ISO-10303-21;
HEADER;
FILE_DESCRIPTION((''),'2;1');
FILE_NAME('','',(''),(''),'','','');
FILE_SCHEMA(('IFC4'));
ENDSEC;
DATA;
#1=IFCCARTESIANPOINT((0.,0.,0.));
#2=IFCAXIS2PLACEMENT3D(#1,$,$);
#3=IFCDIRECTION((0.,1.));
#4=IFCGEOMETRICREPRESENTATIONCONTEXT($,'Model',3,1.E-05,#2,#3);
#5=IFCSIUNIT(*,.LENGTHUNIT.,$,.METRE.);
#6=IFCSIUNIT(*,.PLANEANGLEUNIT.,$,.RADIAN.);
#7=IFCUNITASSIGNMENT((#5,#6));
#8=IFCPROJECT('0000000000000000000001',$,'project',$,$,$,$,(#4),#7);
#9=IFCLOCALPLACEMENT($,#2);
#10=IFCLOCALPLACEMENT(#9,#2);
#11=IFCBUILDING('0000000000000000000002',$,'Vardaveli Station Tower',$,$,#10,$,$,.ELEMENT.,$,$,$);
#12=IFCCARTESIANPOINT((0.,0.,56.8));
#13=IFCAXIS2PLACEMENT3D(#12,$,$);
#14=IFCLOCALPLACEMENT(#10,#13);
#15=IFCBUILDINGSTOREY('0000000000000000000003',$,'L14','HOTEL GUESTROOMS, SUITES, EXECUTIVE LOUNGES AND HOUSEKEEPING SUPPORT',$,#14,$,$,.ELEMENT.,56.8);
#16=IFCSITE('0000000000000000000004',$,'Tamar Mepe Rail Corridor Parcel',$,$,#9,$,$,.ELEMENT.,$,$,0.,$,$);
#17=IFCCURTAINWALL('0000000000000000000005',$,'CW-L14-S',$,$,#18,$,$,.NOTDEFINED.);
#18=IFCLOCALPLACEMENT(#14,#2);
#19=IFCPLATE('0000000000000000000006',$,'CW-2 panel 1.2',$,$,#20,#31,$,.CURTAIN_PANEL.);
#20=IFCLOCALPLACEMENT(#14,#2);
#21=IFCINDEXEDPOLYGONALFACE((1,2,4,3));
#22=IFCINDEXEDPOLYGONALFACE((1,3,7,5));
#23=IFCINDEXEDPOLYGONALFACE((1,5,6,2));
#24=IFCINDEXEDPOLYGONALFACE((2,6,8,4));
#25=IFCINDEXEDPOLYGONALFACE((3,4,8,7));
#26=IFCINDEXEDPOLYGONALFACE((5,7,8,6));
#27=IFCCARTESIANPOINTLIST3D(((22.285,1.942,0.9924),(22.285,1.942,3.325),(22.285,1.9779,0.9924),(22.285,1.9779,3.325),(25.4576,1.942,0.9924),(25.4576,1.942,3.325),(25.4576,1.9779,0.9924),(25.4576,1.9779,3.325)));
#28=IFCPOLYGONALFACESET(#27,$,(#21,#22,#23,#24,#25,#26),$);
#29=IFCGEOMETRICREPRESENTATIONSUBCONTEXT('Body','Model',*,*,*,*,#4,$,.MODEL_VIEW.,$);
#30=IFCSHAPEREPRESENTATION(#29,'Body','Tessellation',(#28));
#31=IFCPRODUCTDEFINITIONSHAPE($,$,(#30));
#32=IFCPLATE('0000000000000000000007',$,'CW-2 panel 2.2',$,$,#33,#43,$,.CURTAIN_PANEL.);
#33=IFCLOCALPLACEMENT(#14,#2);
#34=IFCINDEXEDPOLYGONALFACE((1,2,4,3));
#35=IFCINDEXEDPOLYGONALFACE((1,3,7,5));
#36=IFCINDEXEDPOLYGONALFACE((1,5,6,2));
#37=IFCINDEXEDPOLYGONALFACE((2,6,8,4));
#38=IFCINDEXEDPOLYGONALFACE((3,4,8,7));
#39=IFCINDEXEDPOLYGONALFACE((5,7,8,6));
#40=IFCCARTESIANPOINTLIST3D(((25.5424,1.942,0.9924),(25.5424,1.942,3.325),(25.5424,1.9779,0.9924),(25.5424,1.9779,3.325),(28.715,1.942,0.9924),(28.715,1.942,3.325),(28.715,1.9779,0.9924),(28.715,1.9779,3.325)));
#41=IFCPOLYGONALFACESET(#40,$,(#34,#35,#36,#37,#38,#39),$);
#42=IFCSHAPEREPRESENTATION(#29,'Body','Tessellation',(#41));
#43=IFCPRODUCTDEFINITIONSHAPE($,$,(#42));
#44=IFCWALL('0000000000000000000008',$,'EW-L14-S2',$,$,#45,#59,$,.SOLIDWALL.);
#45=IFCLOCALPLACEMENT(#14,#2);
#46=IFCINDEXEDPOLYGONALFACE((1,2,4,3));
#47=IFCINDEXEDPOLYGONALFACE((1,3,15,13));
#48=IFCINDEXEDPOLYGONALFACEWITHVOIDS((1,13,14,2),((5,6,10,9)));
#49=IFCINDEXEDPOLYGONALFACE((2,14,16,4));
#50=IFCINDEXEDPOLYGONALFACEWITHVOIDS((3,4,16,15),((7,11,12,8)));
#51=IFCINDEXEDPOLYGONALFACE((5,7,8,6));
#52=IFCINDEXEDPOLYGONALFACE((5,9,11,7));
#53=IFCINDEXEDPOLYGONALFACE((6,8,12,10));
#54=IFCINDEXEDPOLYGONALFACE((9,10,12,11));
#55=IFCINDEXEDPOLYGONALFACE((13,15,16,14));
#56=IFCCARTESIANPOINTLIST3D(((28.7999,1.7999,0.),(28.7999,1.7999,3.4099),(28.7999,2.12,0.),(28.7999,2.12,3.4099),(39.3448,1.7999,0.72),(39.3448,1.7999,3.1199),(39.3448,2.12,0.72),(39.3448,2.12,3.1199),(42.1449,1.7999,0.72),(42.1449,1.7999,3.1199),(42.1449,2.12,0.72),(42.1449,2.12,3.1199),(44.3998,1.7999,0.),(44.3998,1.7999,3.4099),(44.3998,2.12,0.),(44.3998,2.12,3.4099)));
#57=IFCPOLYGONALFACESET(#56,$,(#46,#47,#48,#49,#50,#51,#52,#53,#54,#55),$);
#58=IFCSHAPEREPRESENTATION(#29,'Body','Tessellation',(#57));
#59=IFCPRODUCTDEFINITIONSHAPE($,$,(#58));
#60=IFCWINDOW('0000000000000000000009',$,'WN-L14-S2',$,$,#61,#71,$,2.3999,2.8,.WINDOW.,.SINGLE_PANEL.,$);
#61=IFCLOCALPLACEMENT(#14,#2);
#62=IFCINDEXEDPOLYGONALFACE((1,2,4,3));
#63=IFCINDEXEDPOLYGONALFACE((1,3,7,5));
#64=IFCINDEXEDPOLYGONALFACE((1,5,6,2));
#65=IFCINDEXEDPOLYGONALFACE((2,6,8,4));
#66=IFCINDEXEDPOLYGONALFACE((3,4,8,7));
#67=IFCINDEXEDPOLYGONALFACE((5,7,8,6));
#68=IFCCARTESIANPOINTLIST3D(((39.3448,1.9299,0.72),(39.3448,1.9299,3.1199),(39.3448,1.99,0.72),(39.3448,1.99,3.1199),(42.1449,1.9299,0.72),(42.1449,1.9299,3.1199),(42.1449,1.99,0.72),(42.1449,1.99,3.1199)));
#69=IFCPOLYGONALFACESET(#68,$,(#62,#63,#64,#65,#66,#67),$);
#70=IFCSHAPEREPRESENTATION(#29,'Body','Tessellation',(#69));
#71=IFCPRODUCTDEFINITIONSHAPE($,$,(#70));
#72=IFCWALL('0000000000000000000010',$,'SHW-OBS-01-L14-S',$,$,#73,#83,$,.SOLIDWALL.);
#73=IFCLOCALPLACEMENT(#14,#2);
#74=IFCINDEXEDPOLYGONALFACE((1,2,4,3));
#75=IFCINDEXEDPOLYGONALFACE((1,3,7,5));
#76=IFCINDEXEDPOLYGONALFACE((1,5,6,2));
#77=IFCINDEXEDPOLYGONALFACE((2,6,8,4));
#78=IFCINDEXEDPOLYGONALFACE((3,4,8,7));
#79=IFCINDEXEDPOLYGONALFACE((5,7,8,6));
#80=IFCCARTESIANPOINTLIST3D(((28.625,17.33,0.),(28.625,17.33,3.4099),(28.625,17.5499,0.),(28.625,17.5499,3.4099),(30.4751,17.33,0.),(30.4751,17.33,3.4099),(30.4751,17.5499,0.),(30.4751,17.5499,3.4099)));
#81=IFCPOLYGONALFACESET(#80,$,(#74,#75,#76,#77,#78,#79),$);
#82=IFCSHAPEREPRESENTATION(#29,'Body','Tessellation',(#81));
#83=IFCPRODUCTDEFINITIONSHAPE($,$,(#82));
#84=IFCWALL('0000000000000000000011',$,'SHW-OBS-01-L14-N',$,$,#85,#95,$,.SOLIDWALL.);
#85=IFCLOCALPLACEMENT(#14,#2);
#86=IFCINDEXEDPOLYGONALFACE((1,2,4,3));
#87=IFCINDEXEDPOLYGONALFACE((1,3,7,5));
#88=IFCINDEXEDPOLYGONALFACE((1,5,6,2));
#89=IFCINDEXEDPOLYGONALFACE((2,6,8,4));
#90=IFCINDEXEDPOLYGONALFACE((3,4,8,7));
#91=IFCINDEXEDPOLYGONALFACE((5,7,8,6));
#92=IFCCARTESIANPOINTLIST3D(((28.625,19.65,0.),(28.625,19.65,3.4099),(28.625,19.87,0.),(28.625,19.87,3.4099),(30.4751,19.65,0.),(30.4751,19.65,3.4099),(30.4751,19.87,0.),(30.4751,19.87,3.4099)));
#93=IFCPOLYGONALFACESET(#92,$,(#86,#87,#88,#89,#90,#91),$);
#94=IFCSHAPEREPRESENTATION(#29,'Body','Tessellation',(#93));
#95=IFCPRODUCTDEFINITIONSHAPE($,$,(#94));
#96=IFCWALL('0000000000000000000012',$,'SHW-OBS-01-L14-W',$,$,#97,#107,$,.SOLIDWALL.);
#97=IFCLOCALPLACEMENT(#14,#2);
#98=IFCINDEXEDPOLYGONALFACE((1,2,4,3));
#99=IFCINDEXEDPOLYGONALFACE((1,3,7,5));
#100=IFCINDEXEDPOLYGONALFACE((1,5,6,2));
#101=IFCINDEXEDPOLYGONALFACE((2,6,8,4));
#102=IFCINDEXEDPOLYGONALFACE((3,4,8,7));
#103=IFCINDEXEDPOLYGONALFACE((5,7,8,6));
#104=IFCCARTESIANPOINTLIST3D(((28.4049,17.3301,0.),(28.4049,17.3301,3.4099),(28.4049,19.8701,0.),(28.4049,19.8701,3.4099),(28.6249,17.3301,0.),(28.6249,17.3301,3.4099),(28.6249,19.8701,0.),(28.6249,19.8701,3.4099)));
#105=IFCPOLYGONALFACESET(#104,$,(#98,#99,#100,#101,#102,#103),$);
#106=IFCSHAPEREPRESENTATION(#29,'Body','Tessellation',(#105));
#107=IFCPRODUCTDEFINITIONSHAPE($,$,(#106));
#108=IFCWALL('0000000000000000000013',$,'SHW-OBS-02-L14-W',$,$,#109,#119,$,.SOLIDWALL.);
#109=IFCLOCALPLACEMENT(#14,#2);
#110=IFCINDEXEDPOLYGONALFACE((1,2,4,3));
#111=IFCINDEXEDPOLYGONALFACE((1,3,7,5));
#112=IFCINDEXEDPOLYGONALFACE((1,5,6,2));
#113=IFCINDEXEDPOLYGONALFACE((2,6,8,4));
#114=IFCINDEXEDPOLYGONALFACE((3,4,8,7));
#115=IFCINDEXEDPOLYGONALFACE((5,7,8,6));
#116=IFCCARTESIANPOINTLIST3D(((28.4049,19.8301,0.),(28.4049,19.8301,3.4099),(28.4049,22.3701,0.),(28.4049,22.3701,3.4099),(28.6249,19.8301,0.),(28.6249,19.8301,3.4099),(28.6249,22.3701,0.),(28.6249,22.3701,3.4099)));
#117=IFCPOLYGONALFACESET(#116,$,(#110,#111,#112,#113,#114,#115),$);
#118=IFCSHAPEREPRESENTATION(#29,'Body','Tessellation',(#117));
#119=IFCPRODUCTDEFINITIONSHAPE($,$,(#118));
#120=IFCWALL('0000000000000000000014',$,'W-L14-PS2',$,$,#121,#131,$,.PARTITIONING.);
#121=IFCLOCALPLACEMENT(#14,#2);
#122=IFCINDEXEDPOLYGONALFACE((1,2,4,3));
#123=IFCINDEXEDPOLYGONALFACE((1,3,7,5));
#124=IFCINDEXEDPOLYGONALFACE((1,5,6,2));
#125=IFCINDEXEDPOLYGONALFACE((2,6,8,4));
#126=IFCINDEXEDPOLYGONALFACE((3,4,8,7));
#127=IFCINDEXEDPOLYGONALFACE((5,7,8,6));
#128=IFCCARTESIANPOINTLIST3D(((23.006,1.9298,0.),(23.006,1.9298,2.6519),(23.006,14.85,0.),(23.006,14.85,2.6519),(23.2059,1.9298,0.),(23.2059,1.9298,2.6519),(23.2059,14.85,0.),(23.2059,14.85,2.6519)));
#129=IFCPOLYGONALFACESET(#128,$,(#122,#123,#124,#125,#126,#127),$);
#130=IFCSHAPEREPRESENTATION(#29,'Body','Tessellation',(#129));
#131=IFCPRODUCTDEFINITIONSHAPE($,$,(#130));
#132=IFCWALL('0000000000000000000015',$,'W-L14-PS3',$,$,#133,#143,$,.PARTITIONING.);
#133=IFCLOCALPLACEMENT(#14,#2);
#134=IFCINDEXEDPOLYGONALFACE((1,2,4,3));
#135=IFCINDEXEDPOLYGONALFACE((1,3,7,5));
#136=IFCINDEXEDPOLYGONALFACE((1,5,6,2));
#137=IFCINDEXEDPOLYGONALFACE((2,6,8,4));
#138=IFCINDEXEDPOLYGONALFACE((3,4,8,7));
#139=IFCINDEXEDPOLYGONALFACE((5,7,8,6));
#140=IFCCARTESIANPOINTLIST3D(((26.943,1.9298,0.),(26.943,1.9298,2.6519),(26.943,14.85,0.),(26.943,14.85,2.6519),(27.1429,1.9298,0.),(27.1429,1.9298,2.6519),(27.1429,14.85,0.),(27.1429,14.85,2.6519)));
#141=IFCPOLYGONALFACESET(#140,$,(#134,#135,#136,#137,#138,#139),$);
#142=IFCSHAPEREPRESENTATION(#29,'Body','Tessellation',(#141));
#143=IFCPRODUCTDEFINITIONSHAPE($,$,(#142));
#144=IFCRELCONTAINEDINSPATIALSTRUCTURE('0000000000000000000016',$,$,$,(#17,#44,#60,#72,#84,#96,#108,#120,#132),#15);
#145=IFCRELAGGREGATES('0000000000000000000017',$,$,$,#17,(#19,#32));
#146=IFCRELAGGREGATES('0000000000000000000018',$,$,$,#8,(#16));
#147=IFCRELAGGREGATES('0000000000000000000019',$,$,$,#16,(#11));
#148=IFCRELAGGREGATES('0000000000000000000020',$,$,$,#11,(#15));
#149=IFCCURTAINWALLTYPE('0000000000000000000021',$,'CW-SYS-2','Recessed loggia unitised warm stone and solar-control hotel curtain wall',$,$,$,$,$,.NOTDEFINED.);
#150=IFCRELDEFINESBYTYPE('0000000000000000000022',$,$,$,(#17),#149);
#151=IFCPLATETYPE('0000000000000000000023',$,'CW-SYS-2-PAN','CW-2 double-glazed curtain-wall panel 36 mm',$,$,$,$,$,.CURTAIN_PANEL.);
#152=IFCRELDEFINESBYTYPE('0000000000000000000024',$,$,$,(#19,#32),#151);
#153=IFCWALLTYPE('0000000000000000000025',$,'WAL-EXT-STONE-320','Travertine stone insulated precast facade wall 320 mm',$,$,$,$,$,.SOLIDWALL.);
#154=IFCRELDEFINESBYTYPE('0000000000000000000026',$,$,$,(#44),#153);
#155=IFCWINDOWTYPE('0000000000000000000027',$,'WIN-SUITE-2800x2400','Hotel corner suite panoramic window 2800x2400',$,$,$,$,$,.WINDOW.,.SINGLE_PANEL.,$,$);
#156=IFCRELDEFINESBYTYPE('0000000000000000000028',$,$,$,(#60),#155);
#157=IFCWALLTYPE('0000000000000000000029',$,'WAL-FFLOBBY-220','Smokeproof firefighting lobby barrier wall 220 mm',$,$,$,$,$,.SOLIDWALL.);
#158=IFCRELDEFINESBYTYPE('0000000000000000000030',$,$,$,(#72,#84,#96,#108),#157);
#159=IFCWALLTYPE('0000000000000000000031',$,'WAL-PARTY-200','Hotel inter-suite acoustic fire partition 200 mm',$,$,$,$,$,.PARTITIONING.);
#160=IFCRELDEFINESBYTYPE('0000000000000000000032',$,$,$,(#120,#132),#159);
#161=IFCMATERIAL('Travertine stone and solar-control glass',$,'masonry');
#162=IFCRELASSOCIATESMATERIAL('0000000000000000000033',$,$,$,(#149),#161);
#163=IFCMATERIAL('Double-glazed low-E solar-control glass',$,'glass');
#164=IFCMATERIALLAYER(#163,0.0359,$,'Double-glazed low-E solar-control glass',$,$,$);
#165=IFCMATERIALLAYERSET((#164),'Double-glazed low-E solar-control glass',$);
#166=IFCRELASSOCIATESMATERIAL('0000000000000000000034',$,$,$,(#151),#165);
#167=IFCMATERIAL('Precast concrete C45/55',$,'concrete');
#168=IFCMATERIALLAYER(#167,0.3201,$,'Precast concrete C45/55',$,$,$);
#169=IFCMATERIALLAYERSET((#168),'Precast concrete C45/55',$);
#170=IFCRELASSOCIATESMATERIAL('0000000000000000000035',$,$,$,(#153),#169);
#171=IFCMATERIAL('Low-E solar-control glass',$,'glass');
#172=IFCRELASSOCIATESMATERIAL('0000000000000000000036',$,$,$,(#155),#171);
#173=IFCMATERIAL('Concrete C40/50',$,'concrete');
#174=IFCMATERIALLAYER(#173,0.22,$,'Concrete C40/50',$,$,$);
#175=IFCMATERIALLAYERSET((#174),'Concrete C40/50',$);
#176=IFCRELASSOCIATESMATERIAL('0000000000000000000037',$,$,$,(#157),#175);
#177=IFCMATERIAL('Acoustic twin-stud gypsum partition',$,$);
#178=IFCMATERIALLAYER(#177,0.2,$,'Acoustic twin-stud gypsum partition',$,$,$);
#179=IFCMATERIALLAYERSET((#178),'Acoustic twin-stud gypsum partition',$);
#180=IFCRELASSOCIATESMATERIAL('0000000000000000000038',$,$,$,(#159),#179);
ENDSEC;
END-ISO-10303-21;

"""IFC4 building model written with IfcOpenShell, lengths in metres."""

from ifc_helpers import new_model, si_unit, direction, frame, frame_2d, origin, origin_2d, place, context, subcontext, project, spatial, rectangle, extrude, source, transform, mapped, material, layer, layer_set, type_object, element, fill, aggregate, save


model = new_model("IFC4")

# Units and contexts
model_context = context("Model", 3, precision=1e-05, world=origin(), true_north=direction((0.0, 1.0)))
body_context = subcontext(model_context, "Body", "Model", "MODEL_VIEW")
ifc_project = project(units=[si_unit("LENGTHUNIT", "METRE"), si_unit("PLANEANGLEUNIT", "RADIAN")], contexts=[model_context])

# Site, building, storey
site_placement = place(None, origin())
site = spatial("IfcSite", under=ifc_project, at=site_placement, Name="Tamar Mepe Rail Corridor Parcel", CompositionType="ELEMENT", RefElevation=0.0)
building_placement = place(site_placement, origin())
building = spatial("IfcBuilding", under=site, at=building_placement, Name="Vardaveli Station Tower", CompositionType="ELEMENT")
storey_placement = place(building_placement, frame((0.0, 0.0, 56.8)))
storey = spatial("IfcBuildingStorey", under=building, at=storey_placement, Name="L14", Description="HOTEL GUESTROOMS, SUITES, EXECUTIVE LOUNGES AND HOUSEKEEPING SUPPORT", CompositionType="ELEMENT", Elevation=56.8)

# Curtain wall, plates
ifc_material_1 = material(Name="Travertine stone and solar-control glass", Category="masonry")
curtain_wall_type = type_object("IfcCurtainWallType", Name="CW-SYS-2", Description="Recessed loggia unitised warm stone and solar-control hotel curtain wall", PredefinedType="NOTDEFINED", material=ifc_material_1)
curtain_wall_placement = place(storey_placement, origin())
curtain_wall = element("IfcCurtainWall", 1, at=curtain_wall_placement, inside=storey, type_object=curtain_wall_type, Name="CW-L14-S", PredefinedType="NOTDEFINED")
ifc_material_2 = material(Name="Double-glazed low-E solar-control glass", Category="glass")
ifc_layer_1 = layer(ifc_material_2, 0.0359, Name="Double-glazed low-E solar-control glass")
ifc_layer_set_1 = layer_set([ifc_layer_1], Name="Double-glazed low-E solar-control glass")
plate_type = type_object("IfcPlateType", Name="CW-SYS-2-PAN", Description="CW-2 double-glazed curtain-wall panel 36 mm", PredefinedType="CURTAIN_PANEL", material=ifc_layer_set_1)
shared_shape_1 = source(origin(), body_context, "Body", "SweptSolid", [
    extrude(rectangle(XDim=3.1726, YDim=0.0359, at=origin_2d()), origin(), (0.0, 0.0, 1.0), 2.3325),
])
plate_1_placement = place(storey_placement, frame((23.8713, 1.96, 0.9924), z_axis=(0.0, 0.0, 1.0), x_axis=(1.0, 0.0, 0.0)))
plate_1 = element("IfcPlate", 2, at=plate_1_placement, type_object=plate_type, Name="CW-2 panel 1.2", PredefinedType="CURTAIN_PANEL", context=body_context, shape_type="MappedRepresentation", body=[
    mapped(shared_shape_1, transform((0.0, 0.0, 0.0), scale=1.0)),
])
plate_2_placement = place(storey_placement, frame((27.1287, 1.96, 0.9924), z_axis=(0.0, 0.0, 1.0), x_axis=(1.0, 0.0, 0.0)))
plate_2 = element("IfcPlate", 3, at=plate_2_placement, type_object=plate_type, Name="CW-2 panel 2.2", PredefinedType="CURTAIN_PANEL", context=body_context, shape_type="MappedRepresentation", body=[
    mapped(shared_shape_1, transform((0.0, 0.0, 0.0), scale=1.0)),
])
aggregate(curtain_wall, [plate_1, plate_2])

# Wall, opening, window
ifc_material_3 = material(Name="Precast concrete C45/55", Category="concrete")
ifc_layer_2 = layer(ifc_material_3, 0.3201, Name="Precast concrete C45/55")
ifc_layer_set_2 = layer_set([ifc_layer_2], Name="Precast concrete C45/55")
wall_type_1 = type_object("IfcWallType", Name="WAL-EXT-STONE-320", Description="Travertine stone insulated precast facade wall 320 mm", PredefinedType="SOLIDWALL", material=ifc_layer_set_2)
shared_shape_2 = source(origin(), body_context, "Body", "SweptSolid", [
    extrude(rectangle(XDim=15.5999, YDim=0.3201, at=frame_2d((7.7998, 0.0))), origin(), (0.0, 0.0, 1.0), 3.4099),
])
wall_placement = place(storey_placement, frame((28.8, 1.96, 0.0), z_axis=(0.0, 0.0, 1.0), x_axis=(1.0, 0.0, 0.0)))
wall = element("IfcWall", 4, at=wall_placement, inside=storey, type_object=wall_type_1, Name="EW-L14-S2", PredefinedType="SOLIDWALL", context=body_context, shape_type="MappedRepresentation", body=[
    mapped(shared_shape_2, transform((0.0, 0.0, 0.0), scale=1.0)),
])
shared_shape_3 = source(origin(), body_context, "Body", "SweptSolid", [
    extrude(rectangle(XDim=2.8, YDim=2.3999, at=frame_2d((1.3999, 1.2))), frame((0.0, 0.1699, 0.0), z_axis=(0.0, -1.0, 0.0), x_axis=(1.0, 0.0, 0.0)), (0.0, 0.0, 1.0), 0.3401),
])
opening_placement = place(wall_placement, frame((10.5449, 0.0, 0.72)))
opening = element("IfcOpeningElement", 5, at=opening_placement, cuts=wall, PredefinedType="OPENING", context=body_context, shape_type="MappedRepresentation", body=[
    mapped(shared_shape_3, transform((0.0, 0.0, 0.0), scale=1.0)),
])
ifc_material_4 = material(Name="Low-E solar-control glass", Category="glass")
window_type = type_object("IfcWindowType", Name="WIN-SUITE-2800x2400", Description="Hotel corner suite panoramic window 2800x2400", PartitioningType="SINGLE_PANEL", PredefinedType="WINDOW", material=ifc_material_4)
shared_shape_4 = source(origin(), body_context, "Body", "SweptSolid", [
    extrude(rectangle(XDim=2.8, YDim=2.3999, at=frame_2d((1.3999, 1.2))), frame((0.0, 0.03, 0.0), z_axis=(0.0, -1.0, 0.0), x_axis=(1.0, 0.0, 0.0)), (0.0, 0.0, 1.0), 0.0601),
])
window_placement = place(opening_placement, origin())
window = element("IfcWindow", 6, at=window_placement, inside=storey, type_object=window_type, Name="WN-L14-S2", OverallHeight=2.3999, OverallWidth=2.8, PartitioningType="SINGLE_PANEL", PredefinedType="WINDOW", context=body_context, shape_type="MappedRepresentation", body=[
    mapped(shared_shape_4, transform((0.0, 0.0, 0.0), scale=1.0)),
])
fill(opening, window)

# Walls
ifc_material_5 = material(Name="Concrete C40/50", Category="concrete")
ifc_layer_3 = layer(ifc_material_5, 0.22, Name="Concrete C40/50")
ifc_layer_set_3 = layer_set([ifc_layer_3], Name="Concrete C40/50")
wall_type_2 = type_object("IfcWallType", Name="WAL-FFLOBBY-220", Description="Smokeproof firefighting lobby barrier wall 220 mm", PredefinedType="SOLIDWALL", material=ifc_layer_set_3)
shared_shape_5 = source(origin(), body_context, "Body", "SweptSolid", [
    extrude(rectangle(XDim=1.8501, YDim=0.22, at=frame_2d((0.925, 0.0))), origin(), (0.0, 0.0, 1.0), 3.4099),
])
for number, where, z_axis, x_axis, name in (
    (7, (28.625, 17.4399, 0.0), (0.0, 0.0, 1.0), (1.0, 0.0, 0.0), "SHW-OBS-01-L14-S"),
    (8, (28.625, 19.76, 0.0), (0.0, 0.0, 1.0), (1.0, 0.0, 0.0), "SHW-OBS-01-L14-N"),
):
    element("IfcWall", number, at=place(storey_placement, frame(where, z_axis=z_axis, x_axis=x_axis)), inside=storey, type_object=wall_type_2, Name=name, PredefinedType="SOLIDWALL", context=body_context, shape_type="MappedRepresentation", body=[
        mapped(shared_shape_5, transform((0.0, 0.0, 0.0), scale=1.0)),
    ])
shared_shape_6 = source(origin(), body_context, "Body", "SweptSolid", [
    extrude(rectangle(XDim=2.54, YDim=0.22, at=frame_2d((1.27, 0.0))), origin(), (0.0, 0.0, 1.0), 3.4099),
])
for number, where, z_axis, x_axis, name in (
    (9, (28.5149, 17.3301, 0.0), (0.0, 0.0, 1.0), (0.0, 1.0, 0.0), "SHW-OBS-01-L14-W"),
    (10, (28.5149, 19.8301, 0.0), (0.0, 0.0, 1.0), (0.0, 1.0, 0.0), "SHW-OBS-02-L14-W"),
):
    element("IfcWall", number, at=place(storey_placement, frame(where, z_axis=z_axis, x_axis=x_axis)), inside=storey, type_object=wall_type_2, Name=name, PredefinedType="SOLIDWALL", context=body_context, shape_type="MappedRepresentation", body=[
        mapped(shared_shape_6, transform((0.0, 0.0, 0.0), scale=1.0)),
    ])
ifc_material_6 = material(Name="Acoustic twin-stud gypsum partition")
ifc_layer_4 = layer(ifc_material_6, 0.2, Name="Acoustic twin-stud gypsum partition")
ifc_layer_set_4 = layer_set([ifc_layer_4], Name="Acoustic twin-stud gypsum partition")
wall_type_3 = type_object("IfcWallType", Name="WAL-PARTY-200", Description="Hotel inter-suite acoustic fire partition 200 mm", PredefinedType="PARTITIONING", material=ifc_layer_set_4)
shared_shape_7 = source(origin(), body_context, "Body", "SweptSolid", [
    extrude(rectangle(XDim=12.9202, YDim=0.2, at=frame_2d((6.46, 0.0))), origin(), (0.0, 0.0, 1.0), 2.6519),
])
for number, where, z_axis, x_axis, name in (
    (11, (23.106, 1.9299, 0.0), (0.0, 0.0, 1.0), (0.0, 1.0, 0.0), "W-L14-PS2"),
    (12, (27.043, 1.9299, 0.0), (0.0, 0.0, 1.0), (0.0, 1.0, 0.0), "W-L14-PS3"),
):
    element("IfcWall", number, at=place(storey_placement, frame(where, z_axis=z_axis, x_axis=x_axis)), inside=storey, type_object=wall_type_3, Name=name, PredefinedType="PARTITIONING", context=body_context, shape_type="MappedRepresentation", body=[
        mapped(shared_shape_7, transform((0.0, 0.0, 0.0), scale=1.0)),
    ])

save(model, "model.ifc")
